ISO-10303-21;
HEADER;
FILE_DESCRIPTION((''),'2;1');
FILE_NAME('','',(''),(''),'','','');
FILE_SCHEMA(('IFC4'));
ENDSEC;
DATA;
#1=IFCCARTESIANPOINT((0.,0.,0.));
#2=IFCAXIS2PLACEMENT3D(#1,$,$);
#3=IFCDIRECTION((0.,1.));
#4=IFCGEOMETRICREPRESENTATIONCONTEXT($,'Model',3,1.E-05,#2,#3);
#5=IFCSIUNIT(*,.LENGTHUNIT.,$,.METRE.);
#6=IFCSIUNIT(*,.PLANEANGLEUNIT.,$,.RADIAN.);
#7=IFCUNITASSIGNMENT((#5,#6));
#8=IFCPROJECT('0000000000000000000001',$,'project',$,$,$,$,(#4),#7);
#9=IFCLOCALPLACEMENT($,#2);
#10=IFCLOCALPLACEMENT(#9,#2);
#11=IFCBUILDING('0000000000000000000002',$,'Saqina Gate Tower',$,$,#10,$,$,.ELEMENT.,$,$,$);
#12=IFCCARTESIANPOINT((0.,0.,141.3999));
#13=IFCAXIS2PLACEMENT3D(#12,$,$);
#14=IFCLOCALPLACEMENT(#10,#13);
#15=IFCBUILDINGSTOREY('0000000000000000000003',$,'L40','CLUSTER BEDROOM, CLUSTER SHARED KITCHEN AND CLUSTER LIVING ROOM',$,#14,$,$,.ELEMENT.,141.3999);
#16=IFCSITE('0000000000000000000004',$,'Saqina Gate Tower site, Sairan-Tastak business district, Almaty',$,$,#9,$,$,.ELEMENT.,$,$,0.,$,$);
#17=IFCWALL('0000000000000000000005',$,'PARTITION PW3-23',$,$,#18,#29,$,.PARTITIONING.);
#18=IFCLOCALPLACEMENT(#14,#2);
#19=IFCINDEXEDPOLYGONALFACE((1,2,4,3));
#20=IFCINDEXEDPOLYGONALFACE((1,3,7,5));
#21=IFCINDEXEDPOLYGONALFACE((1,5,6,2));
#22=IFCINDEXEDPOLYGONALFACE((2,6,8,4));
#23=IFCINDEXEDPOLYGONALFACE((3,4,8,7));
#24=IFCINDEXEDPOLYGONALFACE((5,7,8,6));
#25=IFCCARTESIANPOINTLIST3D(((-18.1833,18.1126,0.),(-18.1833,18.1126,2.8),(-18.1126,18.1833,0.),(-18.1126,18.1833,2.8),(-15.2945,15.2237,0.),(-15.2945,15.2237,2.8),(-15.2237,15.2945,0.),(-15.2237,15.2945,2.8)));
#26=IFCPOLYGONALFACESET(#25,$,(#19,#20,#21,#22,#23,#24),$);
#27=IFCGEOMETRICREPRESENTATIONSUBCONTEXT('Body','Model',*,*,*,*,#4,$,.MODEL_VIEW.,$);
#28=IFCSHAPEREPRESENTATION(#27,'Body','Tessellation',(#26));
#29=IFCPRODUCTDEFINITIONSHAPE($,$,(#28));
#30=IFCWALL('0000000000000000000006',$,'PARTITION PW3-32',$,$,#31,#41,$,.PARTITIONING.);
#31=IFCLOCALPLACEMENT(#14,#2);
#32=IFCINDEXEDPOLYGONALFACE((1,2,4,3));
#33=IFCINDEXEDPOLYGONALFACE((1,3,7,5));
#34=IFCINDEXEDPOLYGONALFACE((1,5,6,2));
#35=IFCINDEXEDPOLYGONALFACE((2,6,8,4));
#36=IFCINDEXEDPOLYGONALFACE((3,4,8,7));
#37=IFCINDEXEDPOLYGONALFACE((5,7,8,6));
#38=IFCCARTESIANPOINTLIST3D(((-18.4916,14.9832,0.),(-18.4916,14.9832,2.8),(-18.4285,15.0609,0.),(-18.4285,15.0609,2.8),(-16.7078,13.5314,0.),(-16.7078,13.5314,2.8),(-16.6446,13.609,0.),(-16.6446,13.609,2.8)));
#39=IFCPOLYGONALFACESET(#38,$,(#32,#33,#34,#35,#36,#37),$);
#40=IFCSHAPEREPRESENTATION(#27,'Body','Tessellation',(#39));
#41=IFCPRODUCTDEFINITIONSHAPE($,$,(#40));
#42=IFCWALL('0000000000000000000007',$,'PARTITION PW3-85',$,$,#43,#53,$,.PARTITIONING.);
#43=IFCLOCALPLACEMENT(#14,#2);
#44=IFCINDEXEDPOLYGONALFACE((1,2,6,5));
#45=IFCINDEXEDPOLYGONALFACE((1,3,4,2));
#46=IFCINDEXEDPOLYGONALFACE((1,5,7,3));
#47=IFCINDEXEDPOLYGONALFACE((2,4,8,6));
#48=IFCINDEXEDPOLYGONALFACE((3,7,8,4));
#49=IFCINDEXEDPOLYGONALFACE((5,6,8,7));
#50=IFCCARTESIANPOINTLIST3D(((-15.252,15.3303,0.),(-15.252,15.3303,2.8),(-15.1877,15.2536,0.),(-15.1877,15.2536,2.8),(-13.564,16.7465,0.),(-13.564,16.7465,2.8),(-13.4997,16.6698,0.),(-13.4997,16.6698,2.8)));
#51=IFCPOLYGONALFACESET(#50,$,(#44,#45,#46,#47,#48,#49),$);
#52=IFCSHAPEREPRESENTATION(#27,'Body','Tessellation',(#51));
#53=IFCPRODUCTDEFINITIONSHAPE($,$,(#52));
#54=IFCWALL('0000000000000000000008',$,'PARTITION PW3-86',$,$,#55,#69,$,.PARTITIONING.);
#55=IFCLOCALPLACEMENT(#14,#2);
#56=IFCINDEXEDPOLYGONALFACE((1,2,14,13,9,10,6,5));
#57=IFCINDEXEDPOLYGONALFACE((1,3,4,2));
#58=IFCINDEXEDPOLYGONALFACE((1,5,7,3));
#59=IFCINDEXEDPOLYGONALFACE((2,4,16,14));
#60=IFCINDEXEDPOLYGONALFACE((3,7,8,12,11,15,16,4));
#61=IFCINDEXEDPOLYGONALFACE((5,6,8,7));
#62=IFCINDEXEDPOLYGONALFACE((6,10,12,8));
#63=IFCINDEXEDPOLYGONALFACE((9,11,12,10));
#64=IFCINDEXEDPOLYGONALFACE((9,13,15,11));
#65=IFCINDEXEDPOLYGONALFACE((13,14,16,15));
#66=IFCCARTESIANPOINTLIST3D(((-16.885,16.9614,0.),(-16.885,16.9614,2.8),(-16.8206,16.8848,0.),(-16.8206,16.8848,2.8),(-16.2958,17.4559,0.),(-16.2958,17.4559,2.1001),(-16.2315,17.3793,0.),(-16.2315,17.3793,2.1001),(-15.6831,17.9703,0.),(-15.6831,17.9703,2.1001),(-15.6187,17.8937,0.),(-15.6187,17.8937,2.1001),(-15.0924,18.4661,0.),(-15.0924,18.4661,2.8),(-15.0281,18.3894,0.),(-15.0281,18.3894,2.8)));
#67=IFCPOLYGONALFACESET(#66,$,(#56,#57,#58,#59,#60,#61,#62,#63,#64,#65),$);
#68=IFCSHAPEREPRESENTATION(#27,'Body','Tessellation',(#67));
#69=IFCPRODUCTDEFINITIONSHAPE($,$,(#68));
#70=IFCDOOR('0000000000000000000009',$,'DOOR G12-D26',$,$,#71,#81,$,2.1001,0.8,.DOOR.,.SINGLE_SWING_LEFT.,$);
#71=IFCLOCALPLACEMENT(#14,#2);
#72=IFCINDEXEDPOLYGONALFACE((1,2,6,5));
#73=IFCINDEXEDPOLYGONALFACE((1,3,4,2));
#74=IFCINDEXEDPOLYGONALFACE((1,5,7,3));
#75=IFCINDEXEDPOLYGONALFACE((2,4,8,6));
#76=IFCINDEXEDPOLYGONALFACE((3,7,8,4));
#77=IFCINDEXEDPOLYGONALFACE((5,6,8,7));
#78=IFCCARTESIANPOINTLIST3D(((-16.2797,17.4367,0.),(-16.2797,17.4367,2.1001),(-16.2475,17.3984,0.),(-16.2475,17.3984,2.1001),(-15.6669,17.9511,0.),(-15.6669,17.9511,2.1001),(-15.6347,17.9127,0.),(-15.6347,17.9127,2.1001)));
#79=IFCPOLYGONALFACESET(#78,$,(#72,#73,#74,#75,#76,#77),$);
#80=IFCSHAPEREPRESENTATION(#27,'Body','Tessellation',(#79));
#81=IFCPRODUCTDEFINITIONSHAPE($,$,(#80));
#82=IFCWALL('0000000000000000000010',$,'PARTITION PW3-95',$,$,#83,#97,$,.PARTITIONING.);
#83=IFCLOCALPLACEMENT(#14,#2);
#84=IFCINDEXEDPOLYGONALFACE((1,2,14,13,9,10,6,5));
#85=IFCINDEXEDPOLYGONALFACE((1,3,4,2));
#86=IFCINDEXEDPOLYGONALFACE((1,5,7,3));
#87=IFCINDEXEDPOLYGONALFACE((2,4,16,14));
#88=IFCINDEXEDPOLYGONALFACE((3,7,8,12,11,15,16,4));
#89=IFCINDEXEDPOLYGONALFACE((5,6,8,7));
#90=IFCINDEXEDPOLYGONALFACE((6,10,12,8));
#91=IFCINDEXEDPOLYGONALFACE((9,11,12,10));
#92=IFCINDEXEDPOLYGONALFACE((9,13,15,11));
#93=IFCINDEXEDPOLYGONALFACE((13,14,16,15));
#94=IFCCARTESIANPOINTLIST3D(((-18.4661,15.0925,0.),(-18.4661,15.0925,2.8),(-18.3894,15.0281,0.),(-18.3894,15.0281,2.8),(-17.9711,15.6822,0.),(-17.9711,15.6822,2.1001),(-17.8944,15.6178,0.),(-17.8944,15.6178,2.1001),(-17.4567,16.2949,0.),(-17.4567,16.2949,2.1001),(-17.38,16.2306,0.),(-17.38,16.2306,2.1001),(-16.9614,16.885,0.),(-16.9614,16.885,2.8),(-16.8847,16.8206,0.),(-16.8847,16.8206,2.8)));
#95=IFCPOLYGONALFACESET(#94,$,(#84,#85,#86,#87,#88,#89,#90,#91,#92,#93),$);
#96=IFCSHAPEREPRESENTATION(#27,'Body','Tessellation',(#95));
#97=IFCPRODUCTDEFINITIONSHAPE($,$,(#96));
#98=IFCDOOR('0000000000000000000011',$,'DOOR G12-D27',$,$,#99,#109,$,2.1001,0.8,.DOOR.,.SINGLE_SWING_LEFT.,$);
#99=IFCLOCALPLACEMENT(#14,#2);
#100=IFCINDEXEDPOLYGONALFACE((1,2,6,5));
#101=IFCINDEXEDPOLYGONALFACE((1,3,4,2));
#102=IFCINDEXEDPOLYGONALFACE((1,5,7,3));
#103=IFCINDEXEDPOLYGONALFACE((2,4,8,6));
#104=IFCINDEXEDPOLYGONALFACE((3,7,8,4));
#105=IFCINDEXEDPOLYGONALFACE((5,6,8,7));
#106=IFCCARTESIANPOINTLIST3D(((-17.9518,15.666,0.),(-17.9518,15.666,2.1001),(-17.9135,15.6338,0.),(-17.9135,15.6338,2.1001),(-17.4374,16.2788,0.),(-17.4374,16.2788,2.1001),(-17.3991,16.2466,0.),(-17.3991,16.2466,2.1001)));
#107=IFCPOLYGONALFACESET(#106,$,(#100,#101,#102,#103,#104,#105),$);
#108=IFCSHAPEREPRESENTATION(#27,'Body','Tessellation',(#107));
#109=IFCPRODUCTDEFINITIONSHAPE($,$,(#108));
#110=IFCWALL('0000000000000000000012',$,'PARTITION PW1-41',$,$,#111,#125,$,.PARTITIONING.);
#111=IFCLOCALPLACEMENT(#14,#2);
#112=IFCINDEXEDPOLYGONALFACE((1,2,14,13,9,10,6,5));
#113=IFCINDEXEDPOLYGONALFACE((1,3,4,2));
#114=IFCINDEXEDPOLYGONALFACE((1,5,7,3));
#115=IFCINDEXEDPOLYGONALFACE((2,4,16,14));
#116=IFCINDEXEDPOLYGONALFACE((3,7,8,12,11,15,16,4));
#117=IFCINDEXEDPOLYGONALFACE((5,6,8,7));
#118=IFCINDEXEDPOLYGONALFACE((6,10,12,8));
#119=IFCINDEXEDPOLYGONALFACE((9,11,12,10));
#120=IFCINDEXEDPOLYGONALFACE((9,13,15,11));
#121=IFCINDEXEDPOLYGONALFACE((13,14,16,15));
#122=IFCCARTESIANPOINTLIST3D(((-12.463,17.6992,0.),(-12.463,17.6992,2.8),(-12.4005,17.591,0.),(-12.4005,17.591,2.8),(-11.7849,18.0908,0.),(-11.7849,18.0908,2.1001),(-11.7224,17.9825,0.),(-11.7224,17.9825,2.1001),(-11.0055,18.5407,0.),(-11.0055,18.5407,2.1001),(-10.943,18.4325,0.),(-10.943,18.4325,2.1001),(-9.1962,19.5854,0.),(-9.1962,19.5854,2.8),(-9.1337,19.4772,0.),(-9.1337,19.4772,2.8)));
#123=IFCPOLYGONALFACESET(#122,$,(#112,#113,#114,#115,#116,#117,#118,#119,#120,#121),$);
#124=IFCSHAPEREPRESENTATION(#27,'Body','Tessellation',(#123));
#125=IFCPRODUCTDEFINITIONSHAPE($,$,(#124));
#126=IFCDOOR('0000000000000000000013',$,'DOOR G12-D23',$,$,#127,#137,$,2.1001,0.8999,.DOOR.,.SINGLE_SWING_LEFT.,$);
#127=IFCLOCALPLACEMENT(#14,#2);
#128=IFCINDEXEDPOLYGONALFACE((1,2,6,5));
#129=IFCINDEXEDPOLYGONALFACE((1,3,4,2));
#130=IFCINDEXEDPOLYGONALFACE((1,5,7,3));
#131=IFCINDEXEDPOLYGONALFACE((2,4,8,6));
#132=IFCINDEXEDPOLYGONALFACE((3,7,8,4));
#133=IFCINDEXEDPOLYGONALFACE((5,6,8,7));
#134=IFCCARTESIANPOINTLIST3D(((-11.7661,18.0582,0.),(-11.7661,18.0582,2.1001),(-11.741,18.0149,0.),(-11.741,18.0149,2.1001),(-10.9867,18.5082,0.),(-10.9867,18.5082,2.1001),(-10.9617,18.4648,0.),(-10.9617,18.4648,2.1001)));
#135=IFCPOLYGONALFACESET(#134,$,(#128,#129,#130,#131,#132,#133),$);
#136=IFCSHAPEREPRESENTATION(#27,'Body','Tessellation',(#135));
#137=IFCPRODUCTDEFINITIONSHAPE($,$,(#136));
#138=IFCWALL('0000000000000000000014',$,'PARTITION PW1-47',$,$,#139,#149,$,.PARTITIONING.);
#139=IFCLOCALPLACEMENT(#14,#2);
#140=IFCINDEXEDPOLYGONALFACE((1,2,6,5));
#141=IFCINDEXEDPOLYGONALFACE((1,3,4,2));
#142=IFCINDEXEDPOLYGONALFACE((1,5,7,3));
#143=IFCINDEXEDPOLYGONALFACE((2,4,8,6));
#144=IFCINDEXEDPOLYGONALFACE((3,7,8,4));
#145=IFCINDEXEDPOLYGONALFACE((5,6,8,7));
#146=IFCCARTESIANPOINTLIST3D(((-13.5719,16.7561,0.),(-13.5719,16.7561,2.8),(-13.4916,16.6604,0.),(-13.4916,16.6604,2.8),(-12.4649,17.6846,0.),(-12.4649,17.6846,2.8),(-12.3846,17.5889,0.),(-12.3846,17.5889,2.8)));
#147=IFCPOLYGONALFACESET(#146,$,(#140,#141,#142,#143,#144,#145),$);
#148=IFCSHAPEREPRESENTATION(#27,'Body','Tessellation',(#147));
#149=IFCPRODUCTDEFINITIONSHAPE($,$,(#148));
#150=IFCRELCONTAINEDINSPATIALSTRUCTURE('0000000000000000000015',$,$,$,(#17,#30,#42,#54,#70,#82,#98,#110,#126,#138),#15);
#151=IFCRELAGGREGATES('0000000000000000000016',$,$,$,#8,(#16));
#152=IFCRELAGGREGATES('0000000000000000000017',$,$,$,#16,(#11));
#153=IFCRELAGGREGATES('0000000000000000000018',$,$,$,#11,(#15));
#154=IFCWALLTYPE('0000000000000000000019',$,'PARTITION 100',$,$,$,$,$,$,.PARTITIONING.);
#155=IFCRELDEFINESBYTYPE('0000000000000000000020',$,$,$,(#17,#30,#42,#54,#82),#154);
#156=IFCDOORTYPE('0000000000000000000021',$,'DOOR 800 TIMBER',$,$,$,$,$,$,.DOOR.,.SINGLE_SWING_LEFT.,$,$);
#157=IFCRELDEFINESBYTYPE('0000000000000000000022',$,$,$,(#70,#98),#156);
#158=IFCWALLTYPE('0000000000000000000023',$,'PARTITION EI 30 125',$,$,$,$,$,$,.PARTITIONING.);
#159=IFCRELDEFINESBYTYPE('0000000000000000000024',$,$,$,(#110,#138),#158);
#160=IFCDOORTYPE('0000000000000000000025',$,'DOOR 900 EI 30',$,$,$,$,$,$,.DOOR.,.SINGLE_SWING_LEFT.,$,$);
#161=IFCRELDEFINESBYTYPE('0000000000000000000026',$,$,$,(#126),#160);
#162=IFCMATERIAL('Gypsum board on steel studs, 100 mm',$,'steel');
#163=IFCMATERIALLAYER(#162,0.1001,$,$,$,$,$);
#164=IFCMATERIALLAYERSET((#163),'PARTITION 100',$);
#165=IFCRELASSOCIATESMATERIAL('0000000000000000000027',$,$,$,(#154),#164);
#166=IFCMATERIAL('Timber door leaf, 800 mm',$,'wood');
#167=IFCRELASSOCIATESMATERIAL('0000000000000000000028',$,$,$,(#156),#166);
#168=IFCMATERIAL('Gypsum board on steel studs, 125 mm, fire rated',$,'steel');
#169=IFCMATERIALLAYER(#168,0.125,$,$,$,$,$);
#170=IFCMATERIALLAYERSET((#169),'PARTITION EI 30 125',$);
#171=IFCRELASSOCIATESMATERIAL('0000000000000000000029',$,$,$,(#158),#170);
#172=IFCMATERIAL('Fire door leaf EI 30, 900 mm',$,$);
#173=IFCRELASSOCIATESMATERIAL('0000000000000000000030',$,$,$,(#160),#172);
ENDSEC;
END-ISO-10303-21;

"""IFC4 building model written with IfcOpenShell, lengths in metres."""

from ifc_helpers import new_model, si_unit, direction, frame, frame_2d, origin, place, context, subcontext, project, spatial, rectangle, extrude, material, layer, layer_set, type_object, element, fill, save


model = new_model("IFC4")

# Units and contexts
model_context = context("Model", 3, precision=1e-05, world=origin(), true_north=direction((0.0, 1.0)))
body_context = subcontext(model_context, "Body", "Model", "MODEL_VIEW")
ifc_project = project(units=[si_unit("LENGTHUNIT", "METRE"), si_unit("PLANEANGLEUNIT", "RADIAN")], contexts=[model_context])

# Site, building, storey
site_placement = place(None, origin())
site = spatial("IfcSite", under=ifc_project, at=site_placement, Name="Saqina Gate Tower site, Sairan-Tastak business district, Almaty", CompositionType="ELEMENT", RefElevation=0.0)
building_placement = place(site_placement, origin())
building = spatial("IfcBuilding", under=site, at=building_placement, Name="Saqina Gate Tower", CompositionType="ELEMENT")
storey_placement = place(building_placement, frame((0.0, 0.0, 141.3999)))
storey = spatial("IfcBuildingStorey", under=building, at=storey_placement, Name="L40", Description="CLUSTER BEDROOM, CLUSTER SHARED KITCHEN AND CLUSTER LIVING ROOM", CompositionType="ELEMENT", Elevation=141.3999)

# Shared definitions
ifc_material_1 = material(Name="Gypsum board on steel studs, 100 mm", Category="steel")
ifc_layer_1 = layer(ifc_material_1, 0.1001)
ifc_layer_set_1 = layer_set([ifc_layer_1], Name="PARTITION 100")
wall_type_1 = type_object("IfcWallType", Name="PARTITION 100", PredefinedType="PARTITIONING", material=ifc_layer_set_1)

# Walls
wall_1_placement = place(storey_placement, frame((-18.1479, 18.1479, 0.0), z_axis=(0.0, 0.0, 1.0), x_axis=(0.707107, -0.707107, 0.0)))
element("IfcWall", 1, at=wall_1_placement, inside=storey, type_object=wall_type_1, Name="PARTITION PW3-23", PredefinedType="PARTITIONING", context=body_context, shape_type="SweptSolid", body=[
    extrude(rectangle(XDim=4.0854, YDim=0.1001, at=frame_2d((2.0427, 0.0))), origin(), (0.0, 0.0, 1.0), 2.8),
])
wall_2_placement = place(storey_placement, frame((-18.46, 15.022, 0.0), z_axis=(0.0, 0.0, 1.0), x_axis=(0.775591, -0.631236, 0.0)))
element("IfcWall", 2, at=wall_2_placement, inside=storey, type_object=wall_type_1, Name="PARTITION PW3-32", PredefinedType="PARTITIONING", context=body_context, shape_type="SweptSolid", body=[
    extrude(rectangle(XDim=2.3, YDim=0.1001, at=frame_2d((1.1499, 0.0))), origin(), (0.0, 0.0, 1.0), 2.8),
])
wall_3_placement = place(storey_placement, frame((-15.2197, 15.292, 0.0), z_axis=(0.0, 0.0, 1.0), x_axis=(0.766074, 0.642753, 0.0)))
element("IfcWall", 3, at=wall_3_placement, inside=storey, type_object=wall_type_1, Name="PARTITION PW3-85", PredefinedType="PARTITIONING", context=body_context, shape_type="SweptSolid", body=[
    extrude(rectangle(XDim=2.2034, YDim=0.1001, at=frame_2d((1.1016, 0.0))), origin(), (0.0, 0.0, 1.0), 2.8),
])

# Walls, openings, doors
wall_4_placement = place(storey_placement, frame((-16.8528, 16.9231, 0.0), z_axis=(0.0, 0.0, 1.0), x_axis=(0.765925, 0.64293, 0.0)))
wall_4 = element("IfcWall", 4, at=wall_4_placement, inside=storey, type_object=wall_type_1, Name="PARTITION PW3-86", PredefinedType="PARTITIONING", context=body_context, shape_type="SweptSolid", body=[
    extrude(rectangle(XDim=2.3403, YDim=0.1001, at=frame_2d((1.1702, 0.0))), origin(), (0.0, 0.0, 1.0), 2.8),
])
opening_1_placement = place(wall_4_placement, frame((0.7693, 0.0, 0.0)))
opening_1 = element("IfcOpeningElement", 5, at=opening_1_placement, cuts=wall_4, PredefinedType="OPENING", context=body_context, shape_type="SweptSolid", body=[
    extrude(rectangle(XDim=0.8, YDim=2.1001, at=frame_2d((0.3999, 1.05))), frame((0.0, 0.062, 0.0), z_axis=(0.0, -1.0, 0.0), x_axis=(1.0, 0.0, 0.0)), (0.0, 0.0, 1.0), 0.124),
])
ifc_material_2 = material(Name="Timber door leaf, 800 mm", Category="wood")
door_type_1 = type_object("IfcDoorType", Name="DOOR 800 TIMBER", OperationType="SINGLE_SWING_LEFT", PredefinedType="DOOR", material=ifc_material_2)
door_1_placement = place(opening_1_placement, origin())
door_1 = element("IfcDoor", 6, at=door_1_placement, inside=storey, type_object=door_type_1, Name="DOOR G12-D26", OperationType="SINGLE_SWING_LEFT", OverallHeight=2.1001, OverallWidth=0.8, PredefinedType="DOOR", context=body_context, shape_type="SweptSolid", body=[
    extrude(rectangle(XDim=0.8, YDim=2.1001, at=frame_2d((0.3999, 1.05))), frame((0.0, 0.0249, 0.0), z_axis=(0.0, -1.0, 0.0), x_axis=(1.0, 0.0, 0.0)), (0.0, 0.0, 1.0), 0.05),
])
fill(opening_1, door_1)
wall_5_placement = place(storey_placement, frame((-18.4277, 15.0603, 0.0), z_axis=(0.0, 0.0, 1.0), x_axis=(0.64293, 0.765925, 0.0)))
wall_5 = element("IfcWall", 7, at=wall_5_placement, inside=storey, type_object=wall_type_1, Name="PARTITION PW3-95", PredefinedType="PARTITIONING", context=body_context, shape_type="SweptSolid", body=[
    extrude(rectangle(XDim=2.3403, YDim=0.1001, at=frame_2d((1.1702, 0.0))), origin(), (0.0, 0.0, 1.0), 2.8),
])
opening_2_placement = place(wall_5_placement, frame((0.77, 0.0, 0.0)))
opening_2 = element("IfcOpeningElement", 8, at=opening_2_placement, cuts=wall_5, PredefinedType="OPENING", context=body_context, shape_type="SweptSolid", body=[
    extrude(rectangle(XDim=0.8, YDim=2.1001, at=frame_2d((0.3999, 1.05))), frame((0.0, 0.062, 0.0), z_axis=(0.0, -1.0, 0.0), x_axis=(1.0, 0.0, 0.0)), (0.0, 0.0, 1.0), 0.124),
])
door_2_placement = place(opening_2_placement, origin())
door_2 = element("IfcDoor", 9, at=door_2_placement, inside=storey, type_object=door_type_1, Name="DOOR G12-D27", OperationType="SINGLE_SWING_LEFT", OverallHeight=2.1001, OverallWidth=0.8, PredefinedType="DOOR", context=body_context, shape_type="SweptSolid", body=[
    extrude(rectangle(XDim=0.8, YDim=2.1001, at=frame_2d((0.3999, 1.05))), frame((0.0, 0.0249, 0.0), z_axis=(0.0, -1.0, 0.0), x_axis=(1.0, 0.0, 0.0)), (0.0, 0.0, 1.0), 0.05),
])
fill(opening_2, door_2)
ifc_material_3 = material(Name="Gypsum board on steel studs, 125 mm, fire rated", Category="steel")
ifc_layer_2 = layer(ifc_material_3, 0.125)
ifc_layer_set_2 = layer_set([ifc_layer_2], Name="PARTITION EI 30 125")
wall_type_2 = type_object("IfcWallType", Name="PARTITION EI 30 125", PredefinedType="PARTITIONING", material=ifc_layer_set_2)
wall_6_placement = place(storey_placement, frame((-12.4319, 17.645, 0.0), z_axis=(0.0, 0.0, 1.0), x_axis=(0.866012, 0.500023, 0.0)))
wall_6 = element("IfcWall", 10, at=wall_6_placement, inside=storey, type_object=wall_type_2, Name="PARTITION PW1-41", PredefinedType="PARTITIONING", context=body_context, shape_type="SweptSolid", body=[
    extrude(rectangle(XDim=3.7722, YDim=0.125, at=frame_2d((1.8862, 0.0))), origin(), (0.0, 0.0, 1.0), 2.8),
])
opening_3_placement = place(wall_6_placement, frame((0.7832, 0.0, 0.0)))
opening_3 = element("IfcOpeningElement", 11, at=opening_3_placement, cuts=wall_6, PredefinedType="OPENING", context=body_context, shape_type="SweptSolid", body=[
    extrude(rectangle(XDim=0.8999, YDim=2.1001, at=frame_2d((0.45, 1.05))), frame((0.0, 0.0745, 0.0), z_axis=(0.0, -1.0, 0.0), x_axis=(1.0, 0.0, 0.0)), (0.0, 0.0, 1.0), 0.1489),
])
ifc_material_4 = material(Name="Fire door leaf EI 30, 900 mm")
door_type_2 = type_object("IfcDoorType", Name="DOOR 900 EI 30", OperationType="SINGLE_SWING_LEFT", PredefinedType="DOOR", material=ifc_material_4)
door_3_placement = place(opening_3_placement, origin())
door_3 = element("IfcDoor", 12, at=door_3_placement, inside=storey, type_object=door_type_2, Name="DOOR G12-D23", OperationType="SINGLE_SWING_LEFT", OverallHeight=2.1001, OverallWidth=0.8999, PredefinedType="DOOR", context=body_context, shape_type="SweptSolid", body=[
    extrude(rectangle(XDim=0.8999, YDim=2.1001, at=frame_2d((0.45, 1.05))), frame((0.0, 0.0249, 0.0), z_axis=(0.0, -1.0, 0.0), x_axis=(1.0, 0.0, 0.0)), (0.0, 0.0, 1.0), 0.05),
])
fill(opening_3, door_3)

# Wall
wall_7_placement = place(storey_placement, frame((-13.5317, 16.7083, 0.0), z_axis=(0.0, 0.0, 1.0), x_axis=(0.766167, 0.642641, 0.0)))
element("IfcWall", 13, at=wall_7_placement, inside=storey, type_object=wall_type_2, Name="PARTITION PW1-47", PredefinedType="PARTITIONING", context=body_context, shape_type="SweptSolid", body=[
    extrude(rectangle(XDim=1.4448, YDim=0.125, at=frame_2d((0.7224, 0.0))), origin(), (0.0, 0.0, 1.0), 2.8),
])

save(model, "model.ifc")
